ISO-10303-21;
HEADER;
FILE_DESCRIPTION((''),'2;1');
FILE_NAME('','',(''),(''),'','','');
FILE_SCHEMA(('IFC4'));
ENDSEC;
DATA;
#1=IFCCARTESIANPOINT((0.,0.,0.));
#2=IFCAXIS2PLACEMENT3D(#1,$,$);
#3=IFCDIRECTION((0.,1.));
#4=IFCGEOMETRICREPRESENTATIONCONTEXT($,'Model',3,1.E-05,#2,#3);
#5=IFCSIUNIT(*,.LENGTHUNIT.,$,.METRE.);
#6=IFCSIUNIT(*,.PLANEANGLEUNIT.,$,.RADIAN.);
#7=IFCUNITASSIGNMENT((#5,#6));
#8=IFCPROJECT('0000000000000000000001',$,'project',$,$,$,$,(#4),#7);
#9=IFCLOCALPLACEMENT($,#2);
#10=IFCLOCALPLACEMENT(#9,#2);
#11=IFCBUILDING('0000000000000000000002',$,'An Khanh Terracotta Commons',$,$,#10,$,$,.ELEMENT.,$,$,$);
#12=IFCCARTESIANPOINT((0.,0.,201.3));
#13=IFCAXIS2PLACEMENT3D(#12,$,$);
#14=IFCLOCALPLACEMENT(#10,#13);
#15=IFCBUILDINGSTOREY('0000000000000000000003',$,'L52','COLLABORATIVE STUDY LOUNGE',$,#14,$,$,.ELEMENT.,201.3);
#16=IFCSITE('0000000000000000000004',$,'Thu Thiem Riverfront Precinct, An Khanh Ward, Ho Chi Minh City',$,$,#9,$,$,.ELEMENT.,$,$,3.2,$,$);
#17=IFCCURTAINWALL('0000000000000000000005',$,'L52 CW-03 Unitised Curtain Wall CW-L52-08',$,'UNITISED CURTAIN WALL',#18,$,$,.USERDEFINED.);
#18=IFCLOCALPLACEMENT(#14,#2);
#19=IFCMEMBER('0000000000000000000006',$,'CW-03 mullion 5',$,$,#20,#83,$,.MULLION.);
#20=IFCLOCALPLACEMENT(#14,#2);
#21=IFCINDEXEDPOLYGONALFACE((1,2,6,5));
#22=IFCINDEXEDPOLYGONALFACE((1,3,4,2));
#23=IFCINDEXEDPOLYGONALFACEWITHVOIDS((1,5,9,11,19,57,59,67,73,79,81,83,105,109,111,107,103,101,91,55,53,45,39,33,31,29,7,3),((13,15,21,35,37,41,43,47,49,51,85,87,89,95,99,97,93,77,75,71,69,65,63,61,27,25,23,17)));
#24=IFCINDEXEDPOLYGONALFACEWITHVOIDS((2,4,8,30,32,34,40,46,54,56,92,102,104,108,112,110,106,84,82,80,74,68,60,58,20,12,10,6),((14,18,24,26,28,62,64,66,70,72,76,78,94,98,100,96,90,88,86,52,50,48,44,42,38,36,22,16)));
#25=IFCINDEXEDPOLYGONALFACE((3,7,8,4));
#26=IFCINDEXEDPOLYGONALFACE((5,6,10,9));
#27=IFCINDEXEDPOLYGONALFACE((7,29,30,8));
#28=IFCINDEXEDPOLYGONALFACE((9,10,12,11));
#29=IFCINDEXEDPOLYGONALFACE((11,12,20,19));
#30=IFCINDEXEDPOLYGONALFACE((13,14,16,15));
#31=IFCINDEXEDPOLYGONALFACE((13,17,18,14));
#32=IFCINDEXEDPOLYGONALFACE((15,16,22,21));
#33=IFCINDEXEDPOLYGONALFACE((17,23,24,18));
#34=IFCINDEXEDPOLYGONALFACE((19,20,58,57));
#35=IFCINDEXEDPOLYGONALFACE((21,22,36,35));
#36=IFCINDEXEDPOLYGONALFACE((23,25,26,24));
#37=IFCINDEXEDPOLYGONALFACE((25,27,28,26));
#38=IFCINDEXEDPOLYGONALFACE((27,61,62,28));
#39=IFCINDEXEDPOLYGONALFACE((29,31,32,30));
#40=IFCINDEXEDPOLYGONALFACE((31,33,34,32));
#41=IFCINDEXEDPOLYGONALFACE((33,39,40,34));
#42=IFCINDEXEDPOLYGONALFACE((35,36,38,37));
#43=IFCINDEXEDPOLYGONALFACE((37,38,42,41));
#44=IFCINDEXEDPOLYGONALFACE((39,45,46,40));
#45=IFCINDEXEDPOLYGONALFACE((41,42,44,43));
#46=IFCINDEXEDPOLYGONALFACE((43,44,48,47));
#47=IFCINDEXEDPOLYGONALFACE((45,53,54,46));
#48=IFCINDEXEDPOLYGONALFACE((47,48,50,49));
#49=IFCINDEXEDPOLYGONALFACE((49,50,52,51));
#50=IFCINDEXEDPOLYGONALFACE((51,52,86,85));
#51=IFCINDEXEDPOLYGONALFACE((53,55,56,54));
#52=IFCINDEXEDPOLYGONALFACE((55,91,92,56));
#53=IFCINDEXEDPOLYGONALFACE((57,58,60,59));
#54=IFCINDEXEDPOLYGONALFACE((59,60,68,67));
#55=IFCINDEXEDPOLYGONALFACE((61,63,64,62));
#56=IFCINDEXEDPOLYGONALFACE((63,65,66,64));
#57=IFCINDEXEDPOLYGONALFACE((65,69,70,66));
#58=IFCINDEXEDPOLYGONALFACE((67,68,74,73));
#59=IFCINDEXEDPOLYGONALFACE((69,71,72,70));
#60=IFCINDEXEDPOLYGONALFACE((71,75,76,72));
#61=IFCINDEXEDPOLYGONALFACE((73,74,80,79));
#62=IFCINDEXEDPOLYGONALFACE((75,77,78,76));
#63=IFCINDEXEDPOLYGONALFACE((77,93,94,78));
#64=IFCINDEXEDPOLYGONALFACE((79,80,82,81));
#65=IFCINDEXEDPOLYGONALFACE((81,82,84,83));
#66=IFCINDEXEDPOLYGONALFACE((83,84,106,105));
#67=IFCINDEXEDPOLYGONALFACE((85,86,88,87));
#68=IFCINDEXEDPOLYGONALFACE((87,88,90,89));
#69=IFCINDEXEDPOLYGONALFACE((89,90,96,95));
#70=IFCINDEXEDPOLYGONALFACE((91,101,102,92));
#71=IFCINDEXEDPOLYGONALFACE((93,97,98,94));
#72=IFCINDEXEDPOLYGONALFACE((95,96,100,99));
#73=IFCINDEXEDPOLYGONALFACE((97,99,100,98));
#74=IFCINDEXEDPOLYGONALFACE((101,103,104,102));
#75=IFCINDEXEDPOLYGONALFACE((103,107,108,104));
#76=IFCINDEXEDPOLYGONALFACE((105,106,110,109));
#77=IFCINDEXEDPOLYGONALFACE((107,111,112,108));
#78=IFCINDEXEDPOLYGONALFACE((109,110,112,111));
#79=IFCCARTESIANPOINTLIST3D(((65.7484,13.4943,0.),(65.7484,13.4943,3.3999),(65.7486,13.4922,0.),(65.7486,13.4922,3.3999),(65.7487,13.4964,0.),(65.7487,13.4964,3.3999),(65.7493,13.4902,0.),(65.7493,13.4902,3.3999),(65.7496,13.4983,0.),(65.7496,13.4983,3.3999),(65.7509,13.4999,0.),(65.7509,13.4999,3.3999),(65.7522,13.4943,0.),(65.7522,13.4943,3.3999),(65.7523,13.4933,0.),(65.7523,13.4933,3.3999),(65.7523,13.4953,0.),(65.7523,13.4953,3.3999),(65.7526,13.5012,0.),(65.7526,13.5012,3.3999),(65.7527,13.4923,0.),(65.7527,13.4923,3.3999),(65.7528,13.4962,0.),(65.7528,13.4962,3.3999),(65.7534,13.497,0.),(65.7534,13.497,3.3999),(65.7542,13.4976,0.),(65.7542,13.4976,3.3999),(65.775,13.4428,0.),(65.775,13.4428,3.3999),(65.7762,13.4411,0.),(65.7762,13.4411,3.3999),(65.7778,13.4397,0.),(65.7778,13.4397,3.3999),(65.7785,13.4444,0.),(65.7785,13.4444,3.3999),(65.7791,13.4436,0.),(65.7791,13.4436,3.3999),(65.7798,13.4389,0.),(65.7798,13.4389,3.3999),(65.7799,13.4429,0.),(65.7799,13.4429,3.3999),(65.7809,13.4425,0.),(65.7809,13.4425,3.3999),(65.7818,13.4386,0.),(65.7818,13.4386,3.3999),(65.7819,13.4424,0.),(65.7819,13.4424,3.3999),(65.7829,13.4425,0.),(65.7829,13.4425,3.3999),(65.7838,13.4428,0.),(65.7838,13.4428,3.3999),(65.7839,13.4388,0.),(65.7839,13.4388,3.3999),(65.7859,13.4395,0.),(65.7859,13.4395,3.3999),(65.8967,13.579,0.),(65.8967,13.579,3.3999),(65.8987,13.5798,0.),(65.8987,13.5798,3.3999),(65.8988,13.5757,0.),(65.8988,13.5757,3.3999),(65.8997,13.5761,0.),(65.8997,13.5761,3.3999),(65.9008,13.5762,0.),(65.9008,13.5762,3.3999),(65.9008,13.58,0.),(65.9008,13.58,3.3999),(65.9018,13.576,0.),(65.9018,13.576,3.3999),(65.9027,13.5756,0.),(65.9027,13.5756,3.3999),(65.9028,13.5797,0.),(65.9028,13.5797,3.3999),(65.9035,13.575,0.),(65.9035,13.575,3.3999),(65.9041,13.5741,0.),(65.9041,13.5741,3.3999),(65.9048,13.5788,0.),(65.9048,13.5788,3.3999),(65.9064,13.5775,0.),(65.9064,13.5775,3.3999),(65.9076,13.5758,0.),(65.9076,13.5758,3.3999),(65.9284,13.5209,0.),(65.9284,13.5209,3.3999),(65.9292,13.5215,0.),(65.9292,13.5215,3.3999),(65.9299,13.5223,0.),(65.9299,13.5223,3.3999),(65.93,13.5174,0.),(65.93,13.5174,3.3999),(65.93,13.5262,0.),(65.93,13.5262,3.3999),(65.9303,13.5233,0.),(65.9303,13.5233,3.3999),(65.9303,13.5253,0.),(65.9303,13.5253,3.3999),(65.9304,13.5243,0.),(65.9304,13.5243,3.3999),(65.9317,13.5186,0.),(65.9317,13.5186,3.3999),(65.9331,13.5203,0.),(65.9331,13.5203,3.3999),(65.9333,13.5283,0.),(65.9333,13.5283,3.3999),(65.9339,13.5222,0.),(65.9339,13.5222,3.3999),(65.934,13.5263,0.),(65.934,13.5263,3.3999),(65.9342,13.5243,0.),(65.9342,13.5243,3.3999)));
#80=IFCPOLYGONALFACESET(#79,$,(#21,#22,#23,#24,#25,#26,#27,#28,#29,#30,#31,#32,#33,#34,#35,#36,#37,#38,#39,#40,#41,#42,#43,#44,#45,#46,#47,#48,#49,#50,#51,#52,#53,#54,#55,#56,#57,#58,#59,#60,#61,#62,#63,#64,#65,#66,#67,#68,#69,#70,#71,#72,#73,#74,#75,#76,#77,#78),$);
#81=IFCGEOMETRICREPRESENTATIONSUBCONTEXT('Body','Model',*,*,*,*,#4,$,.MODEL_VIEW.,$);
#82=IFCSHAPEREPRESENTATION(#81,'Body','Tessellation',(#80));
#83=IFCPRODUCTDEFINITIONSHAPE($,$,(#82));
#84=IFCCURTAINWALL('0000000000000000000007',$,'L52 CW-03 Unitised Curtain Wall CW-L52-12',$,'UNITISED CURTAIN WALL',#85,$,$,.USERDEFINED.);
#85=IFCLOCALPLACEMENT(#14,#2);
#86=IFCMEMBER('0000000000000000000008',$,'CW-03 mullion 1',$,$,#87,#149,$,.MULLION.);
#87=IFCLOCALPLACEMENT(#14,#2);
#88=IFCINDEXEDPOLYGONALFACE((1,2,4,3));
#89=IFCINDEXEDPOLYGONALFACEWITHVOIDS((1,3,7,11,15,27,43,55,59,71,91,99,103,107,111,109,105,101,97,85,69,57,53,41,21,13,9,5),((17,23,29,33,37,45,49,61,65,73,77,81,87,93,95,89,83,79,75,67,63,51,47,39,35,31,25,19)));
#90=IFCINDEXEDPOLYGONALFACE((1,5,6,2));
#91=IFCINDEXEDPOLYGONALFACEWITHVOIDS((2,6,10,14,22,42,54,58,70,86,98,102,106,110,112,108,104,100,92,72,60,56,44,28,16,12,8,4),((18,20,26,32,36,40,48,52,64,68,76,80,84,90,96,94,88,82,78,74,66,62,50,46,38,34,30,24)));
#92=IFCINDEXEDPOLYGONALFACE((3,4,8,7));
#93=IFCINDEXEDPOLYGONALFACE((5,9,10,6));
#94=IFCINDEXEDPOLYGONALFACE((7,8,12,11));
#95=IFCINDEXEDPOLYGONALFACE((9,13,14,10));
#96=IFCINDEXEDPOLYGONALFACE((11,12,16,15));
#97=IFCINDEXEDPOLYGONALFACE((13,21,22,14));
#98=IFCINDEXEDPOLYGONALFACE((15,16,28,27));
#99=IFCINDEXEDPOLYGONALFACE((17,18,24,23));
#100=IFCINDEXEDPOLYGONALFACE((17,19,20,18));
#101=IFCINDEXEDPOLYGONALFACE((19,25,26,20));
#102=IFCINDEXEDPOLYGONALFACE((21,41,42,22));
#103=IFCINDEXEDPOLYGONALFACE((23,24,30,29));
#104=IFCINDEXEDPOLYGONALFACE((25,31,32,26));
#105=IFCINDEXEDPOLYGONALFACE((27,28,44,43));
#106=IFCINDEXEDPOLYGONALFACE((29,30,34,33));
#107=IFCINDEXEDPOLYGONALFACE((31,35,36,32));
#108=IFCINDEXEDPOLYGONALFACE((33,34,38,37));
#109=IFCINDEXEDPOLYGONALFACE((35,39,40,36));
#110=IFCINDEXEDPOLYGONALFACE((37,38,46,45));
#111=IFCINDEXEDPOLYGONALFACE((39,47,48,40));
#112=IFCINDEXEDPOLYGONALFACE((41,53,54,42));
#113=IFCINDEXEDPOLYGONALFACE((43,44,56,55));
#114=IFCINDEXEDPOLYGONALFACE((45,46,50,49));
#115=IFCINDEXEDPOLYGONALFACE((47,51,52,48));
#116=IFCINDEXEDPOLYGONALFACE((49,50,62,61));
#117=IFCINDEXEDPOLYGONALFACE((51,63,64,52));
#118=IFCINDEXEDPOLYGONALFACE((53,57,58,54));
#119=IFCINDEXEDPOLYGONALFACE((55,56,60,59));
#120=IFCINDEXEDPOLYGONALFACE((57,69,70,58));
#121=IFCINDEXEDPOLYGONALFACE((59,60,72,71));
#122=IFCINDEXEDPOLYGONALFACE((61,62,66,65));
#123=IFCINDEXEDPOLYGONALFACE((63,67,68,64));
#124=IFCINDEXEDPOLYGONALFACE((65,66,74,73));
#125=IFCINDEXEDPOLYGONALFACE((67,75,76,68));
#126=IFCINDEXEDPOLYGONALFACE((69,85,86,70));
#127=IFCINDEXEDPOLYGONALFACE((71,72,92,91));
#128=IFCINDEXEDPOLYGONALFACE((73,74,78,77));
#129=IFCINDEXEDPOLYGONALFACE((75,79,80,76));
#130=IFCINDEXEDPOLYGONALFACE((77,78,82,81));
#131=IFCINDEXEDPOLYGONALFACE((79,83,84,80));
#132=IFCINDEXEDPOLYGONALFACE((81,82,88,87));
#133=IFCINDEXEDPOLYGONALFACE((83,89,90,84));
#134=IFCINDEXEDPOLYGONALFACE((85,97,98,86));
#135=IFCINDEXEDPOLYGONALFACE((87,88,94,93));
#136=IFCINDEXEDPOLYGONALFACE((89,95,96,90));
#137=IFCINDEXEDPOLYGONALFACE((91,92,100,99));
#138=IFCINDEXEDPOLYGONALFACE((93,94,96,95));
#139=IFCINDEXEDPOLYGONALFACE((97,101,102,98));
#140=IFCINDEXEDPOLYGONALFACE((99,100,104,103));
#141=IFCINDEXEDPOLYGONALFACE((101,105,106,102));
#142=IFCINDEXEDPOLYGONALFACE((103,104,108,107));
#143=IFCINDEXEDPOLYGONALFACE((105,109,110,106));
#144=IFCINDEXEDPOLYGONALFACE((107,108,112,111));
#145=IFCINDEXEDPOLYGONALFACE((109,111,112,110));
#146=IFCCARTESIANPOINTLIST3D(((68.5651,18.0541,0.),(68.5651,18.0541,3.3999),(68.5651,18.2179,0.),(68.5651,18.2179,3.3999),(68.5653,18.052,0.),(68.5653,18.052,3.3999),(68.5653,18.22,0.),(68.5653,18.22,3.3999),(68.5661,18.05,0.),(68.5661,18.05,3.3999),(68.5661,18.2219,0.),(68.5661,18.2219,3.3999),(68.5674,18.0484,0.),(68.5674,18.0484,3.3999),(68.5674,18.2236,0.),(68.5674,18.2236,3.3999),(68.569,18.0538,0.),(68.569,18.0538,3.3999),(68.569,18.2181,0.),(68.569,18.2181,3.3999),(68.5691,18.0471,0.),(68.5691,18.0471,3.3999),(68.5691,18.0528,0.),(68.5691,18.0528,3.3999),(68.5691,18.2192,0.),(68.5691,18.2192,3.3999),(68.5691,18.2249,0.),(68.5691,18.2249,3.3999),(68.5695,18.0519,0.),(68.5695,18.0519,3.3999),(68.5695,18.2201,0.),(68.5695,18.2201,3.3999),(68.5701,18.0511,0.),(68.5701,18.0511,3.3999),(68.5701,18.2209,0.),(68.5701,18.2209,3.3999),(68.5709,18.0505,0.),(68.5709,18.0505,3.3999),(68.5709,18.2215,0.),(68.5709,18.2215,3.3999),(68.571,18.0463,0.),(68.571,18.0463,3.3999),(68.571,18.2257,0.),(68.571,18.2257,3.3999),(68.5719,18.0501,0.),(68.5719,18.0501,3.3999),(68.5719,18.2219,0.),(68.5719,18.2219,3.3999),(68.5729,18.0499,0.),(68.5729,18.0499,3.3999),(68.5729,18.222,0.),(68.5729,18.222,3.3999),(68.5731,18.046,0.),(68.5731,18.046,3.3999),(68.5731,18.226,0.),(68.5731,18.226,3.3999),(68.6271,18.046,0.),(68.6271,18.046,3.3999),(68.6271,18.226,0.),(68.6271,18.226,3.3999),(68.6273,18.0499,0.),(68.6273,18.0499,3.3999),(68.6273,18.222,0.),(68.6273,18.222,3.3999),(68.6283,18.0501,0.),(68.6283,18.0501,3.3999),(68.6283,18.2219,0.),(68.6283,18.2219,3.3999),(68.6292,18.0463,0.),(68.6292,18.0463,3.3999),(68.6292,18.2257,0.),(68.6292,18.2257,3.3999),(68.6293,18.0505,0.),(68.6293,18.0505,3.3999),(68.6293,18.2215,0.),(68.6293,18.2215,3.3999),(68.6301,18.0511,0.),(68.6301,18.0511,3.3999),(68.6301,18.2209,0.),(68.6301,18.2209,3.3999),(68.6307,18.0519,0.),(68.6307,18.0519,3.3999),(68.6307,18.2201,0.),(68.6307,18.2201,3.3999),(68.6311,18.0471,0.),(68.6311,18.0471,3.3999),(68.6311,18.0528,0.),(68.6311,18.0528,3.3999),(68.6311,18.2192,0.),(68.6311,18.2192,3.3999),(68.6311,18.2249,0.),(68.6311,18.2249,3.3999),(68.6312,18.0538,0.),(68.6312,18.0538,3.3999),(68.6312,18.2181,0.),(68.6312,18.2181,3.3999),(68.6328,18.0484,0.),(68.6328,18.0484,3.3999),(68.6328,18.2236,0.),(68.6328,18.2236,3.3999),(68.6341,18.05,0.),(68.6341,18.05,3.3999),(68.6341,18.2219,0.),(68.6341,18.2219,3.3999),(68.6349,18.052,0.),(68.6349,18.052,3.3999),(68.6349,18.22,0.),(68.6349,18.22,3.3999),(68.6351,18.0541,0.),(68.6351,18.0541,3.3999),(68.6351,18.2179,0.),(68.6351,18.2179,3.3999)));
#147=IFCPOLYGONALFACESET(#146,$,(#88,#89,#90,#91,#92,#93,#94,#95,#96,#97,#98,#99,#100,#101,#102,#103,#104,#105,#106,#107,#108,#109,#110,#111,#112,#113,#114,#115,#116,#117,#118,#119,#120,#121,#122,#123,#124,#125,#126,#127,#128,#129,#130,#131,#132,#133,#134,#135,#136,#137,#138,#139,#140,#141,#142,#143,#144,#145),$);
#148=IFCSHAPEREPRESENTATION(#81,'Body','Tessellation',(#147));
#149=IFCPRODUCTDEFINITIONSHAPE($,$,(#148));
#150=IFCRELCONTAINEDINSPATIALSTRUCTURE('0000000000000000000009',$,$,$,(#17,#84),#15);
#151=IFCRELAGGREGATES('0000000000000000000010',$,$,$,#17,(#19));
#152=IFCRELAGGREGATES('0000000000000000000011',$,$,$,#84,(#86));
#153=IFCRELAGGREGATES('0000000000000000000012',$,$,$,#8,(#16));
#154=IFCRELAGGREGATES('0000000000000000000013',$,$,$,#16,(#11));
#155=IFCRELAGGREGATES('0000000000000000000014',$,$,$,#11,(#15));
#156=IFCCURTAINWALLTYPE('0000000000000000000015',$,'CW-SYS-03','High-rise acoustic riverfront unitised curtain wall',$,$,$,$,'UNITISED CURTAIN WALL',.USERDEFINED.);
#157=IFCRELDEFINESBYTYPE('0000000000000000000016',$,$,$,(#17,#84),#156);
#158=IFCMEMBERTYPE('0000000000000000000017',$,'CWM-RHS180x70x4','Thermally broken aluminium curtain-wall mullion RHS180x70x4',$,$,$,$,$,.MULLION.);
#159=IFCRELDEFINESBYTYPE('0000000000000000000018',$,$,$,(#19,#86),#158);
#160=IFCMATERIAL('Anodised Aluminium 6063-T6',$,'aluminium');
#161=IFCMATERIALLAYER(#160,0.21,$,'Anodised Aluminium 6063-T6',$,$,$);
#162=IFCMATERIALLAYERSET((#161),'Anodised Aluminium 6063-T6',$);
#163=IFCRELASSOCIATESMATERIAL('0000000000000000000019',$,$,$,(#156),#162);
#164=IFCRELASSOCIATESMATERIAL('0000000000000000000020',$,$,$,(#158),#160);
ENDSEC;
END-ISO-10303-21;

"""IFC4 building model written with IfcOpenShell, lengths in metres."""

from ifc_helpers import new_model, si_unit, direction, frame, origin, origin_2d, place, context, subcontext, project, spatial, hollow_rectangle, extrude, material, layer, layer_set, material_profile, profile_set, type_object, element, aggregate, save


model = new_model("IFC4")

# Units and contexts
model_context = context("Model", 3, precision=1e-05, world=origin(), true_north=direction((0.0, 1.0)))
body_context = subcontext(model_context, "Body", "Model", "MODEL_VIEW")
ifc_project = project(units=[si_unit("LENGTHUNIT", "METRE"), si_unit("PLANEANGLEUNIT", "RADIAN")], contexts=[model_context])

# Site, building, storey
site_placement = place(None, origin())
site = spatial("IfcSite", under=ifc_project, at=site_placement, Name="Thu Thiem Riverfront Precinct, An Khanh Ward, Ho Chi Minh City", CompositionType="ELEMENT", RefElevation=3.2)
building_placement = place(site_placement, origin())
building = spatial("IfcBuilding", under=site, at=building_placement, Name="An Khanh Terracotta Commons", CompositionType="ELEMENT")
storey_placement = place(building_placement, frame((0.0, 0.0, 201.3)))
storey = spatial("IfcBuildingStorey", under=building, at=storey_placement, Name="L52", Description="COLLABORATIVE STUDY LOUNGE", CompositionType="ELEMENT", Elevation=201.3)

# Curtain walls, members
ifc_material_1 = material(Name="Anodised Aluminium 6063-T6", Category="aluminium")
ifc_layer_1 = layer(ifc_material_1, 0.21, Name="Anodised Aluminium 6063-T6")
ifc_layer_set_1 = layer_set([ifc_layer_1], Name="Anodised Aluminium 6063-T6")
curtain_wall_type = type_object("IfcCurtainWallType", Name="CW-SYS-03", Description="High-rise acoustic riverfront unitised curtain wall", ElementType="UNITISED CURTAIN WALL", PredefinedType="USERDEFINED", material=ifc_layer_set_1)
curtain_wall_1_placement = place(storey_placement, origin())
curtain_wall_1 = element("IfcCurtainWall", 1, at=curtain_wall_1_placement, inside=storey, type_object=curtain_wall_type, Name="L52 CW-03 Unitised Curtain Wall CW-L52-08", ObjectType="UNITISED CURTAIN WALL", PredefinedType="USERDEFINED")
ifc_material_profile_1 = material_profile(ifc_material_1, hollow_rectangle(XDim=0.0701, YDim=0.1799, WallThickness=0.0039, InnerFilletRadius=0.0039, OuterFilletRadius=0.0081, at=origin_2d()), Name="RHS180x70x4")
ifc_profile_set_1 = profile_set([ifc_material_profile_1], Name="Anodised Aluminium 6063-T6")
member_type_1 = type_object("IfcMemberType", Name="CWM-RHS180x70x4", Description="Thermally broken aluminium curtain-wall mullion RHS180x70x4", PredefinedType="MULLION", material=ifc_profile_set_1)
member_1_placement = place(storey_placement, frame((65.8413, 13.5093, 0.0), z_axis=(0.0, 0.0, 1.0), x_axis=(-0.475381, 0.87978, 0.0)))
member_1 = element("IfcMember", 2, at=member_1_placement, type_object=member_type_1, Name="CW-03 mullion 5", PredefinedType="MULLION", context=body_context, shape_type="SweptSolid", body=[
    extrude(hollow_rectangle(XDim=0.0701, YDim=0.1799, WallThickness=0.0039, InnerFilletRadius=0.0039, OuterFilletRadius=0.0081, at=origin_2d()), origin(), (0.0, 0.0, 1.0), 3.3999),
])
curtain_wall_2_placement = place(storey_placement, origin())
curtain_wall_2 = element("IfcCurtainWall", 3, at=curtain_wall_2_placement, inside=storey, type_object=curtain_wall_type, Name="L52 CW-03 Unitised Curtain Wall CW-L52-12", ObjectType="UNITISED CURTAIN WALL", PredefinedType="USERDEFINED")
member_2_placement = place(storey_placement, frame((68.6001, 18.136, 0.0), z_axis=(0.0, 0.0, 1.0), x_axis=(-1.0, 0.0, 0.0)))
member_2 = element("IfcMember", 4, at=member_2_placement, type_object=member_type_1, Name="CW-03 mullion 1", PredefinedType="MULLION", context=body_context, shape_type="SweptSolid", body=[
    extrude(hollow_rectangle(XDim=0.0701, YDim=0.1799, WallThickness=0.0039, InnerFilletRadius=0.0039, OuterFilletRadius=0.0081, at=origin_2d()), origin(), (0.0, 0.0, 1.0), 3.3999),
])

aggregate(curtain_wall_1, [member_1])
aggregate(curtain_wall_2, [member_2])

save(model, "model.ifc")
